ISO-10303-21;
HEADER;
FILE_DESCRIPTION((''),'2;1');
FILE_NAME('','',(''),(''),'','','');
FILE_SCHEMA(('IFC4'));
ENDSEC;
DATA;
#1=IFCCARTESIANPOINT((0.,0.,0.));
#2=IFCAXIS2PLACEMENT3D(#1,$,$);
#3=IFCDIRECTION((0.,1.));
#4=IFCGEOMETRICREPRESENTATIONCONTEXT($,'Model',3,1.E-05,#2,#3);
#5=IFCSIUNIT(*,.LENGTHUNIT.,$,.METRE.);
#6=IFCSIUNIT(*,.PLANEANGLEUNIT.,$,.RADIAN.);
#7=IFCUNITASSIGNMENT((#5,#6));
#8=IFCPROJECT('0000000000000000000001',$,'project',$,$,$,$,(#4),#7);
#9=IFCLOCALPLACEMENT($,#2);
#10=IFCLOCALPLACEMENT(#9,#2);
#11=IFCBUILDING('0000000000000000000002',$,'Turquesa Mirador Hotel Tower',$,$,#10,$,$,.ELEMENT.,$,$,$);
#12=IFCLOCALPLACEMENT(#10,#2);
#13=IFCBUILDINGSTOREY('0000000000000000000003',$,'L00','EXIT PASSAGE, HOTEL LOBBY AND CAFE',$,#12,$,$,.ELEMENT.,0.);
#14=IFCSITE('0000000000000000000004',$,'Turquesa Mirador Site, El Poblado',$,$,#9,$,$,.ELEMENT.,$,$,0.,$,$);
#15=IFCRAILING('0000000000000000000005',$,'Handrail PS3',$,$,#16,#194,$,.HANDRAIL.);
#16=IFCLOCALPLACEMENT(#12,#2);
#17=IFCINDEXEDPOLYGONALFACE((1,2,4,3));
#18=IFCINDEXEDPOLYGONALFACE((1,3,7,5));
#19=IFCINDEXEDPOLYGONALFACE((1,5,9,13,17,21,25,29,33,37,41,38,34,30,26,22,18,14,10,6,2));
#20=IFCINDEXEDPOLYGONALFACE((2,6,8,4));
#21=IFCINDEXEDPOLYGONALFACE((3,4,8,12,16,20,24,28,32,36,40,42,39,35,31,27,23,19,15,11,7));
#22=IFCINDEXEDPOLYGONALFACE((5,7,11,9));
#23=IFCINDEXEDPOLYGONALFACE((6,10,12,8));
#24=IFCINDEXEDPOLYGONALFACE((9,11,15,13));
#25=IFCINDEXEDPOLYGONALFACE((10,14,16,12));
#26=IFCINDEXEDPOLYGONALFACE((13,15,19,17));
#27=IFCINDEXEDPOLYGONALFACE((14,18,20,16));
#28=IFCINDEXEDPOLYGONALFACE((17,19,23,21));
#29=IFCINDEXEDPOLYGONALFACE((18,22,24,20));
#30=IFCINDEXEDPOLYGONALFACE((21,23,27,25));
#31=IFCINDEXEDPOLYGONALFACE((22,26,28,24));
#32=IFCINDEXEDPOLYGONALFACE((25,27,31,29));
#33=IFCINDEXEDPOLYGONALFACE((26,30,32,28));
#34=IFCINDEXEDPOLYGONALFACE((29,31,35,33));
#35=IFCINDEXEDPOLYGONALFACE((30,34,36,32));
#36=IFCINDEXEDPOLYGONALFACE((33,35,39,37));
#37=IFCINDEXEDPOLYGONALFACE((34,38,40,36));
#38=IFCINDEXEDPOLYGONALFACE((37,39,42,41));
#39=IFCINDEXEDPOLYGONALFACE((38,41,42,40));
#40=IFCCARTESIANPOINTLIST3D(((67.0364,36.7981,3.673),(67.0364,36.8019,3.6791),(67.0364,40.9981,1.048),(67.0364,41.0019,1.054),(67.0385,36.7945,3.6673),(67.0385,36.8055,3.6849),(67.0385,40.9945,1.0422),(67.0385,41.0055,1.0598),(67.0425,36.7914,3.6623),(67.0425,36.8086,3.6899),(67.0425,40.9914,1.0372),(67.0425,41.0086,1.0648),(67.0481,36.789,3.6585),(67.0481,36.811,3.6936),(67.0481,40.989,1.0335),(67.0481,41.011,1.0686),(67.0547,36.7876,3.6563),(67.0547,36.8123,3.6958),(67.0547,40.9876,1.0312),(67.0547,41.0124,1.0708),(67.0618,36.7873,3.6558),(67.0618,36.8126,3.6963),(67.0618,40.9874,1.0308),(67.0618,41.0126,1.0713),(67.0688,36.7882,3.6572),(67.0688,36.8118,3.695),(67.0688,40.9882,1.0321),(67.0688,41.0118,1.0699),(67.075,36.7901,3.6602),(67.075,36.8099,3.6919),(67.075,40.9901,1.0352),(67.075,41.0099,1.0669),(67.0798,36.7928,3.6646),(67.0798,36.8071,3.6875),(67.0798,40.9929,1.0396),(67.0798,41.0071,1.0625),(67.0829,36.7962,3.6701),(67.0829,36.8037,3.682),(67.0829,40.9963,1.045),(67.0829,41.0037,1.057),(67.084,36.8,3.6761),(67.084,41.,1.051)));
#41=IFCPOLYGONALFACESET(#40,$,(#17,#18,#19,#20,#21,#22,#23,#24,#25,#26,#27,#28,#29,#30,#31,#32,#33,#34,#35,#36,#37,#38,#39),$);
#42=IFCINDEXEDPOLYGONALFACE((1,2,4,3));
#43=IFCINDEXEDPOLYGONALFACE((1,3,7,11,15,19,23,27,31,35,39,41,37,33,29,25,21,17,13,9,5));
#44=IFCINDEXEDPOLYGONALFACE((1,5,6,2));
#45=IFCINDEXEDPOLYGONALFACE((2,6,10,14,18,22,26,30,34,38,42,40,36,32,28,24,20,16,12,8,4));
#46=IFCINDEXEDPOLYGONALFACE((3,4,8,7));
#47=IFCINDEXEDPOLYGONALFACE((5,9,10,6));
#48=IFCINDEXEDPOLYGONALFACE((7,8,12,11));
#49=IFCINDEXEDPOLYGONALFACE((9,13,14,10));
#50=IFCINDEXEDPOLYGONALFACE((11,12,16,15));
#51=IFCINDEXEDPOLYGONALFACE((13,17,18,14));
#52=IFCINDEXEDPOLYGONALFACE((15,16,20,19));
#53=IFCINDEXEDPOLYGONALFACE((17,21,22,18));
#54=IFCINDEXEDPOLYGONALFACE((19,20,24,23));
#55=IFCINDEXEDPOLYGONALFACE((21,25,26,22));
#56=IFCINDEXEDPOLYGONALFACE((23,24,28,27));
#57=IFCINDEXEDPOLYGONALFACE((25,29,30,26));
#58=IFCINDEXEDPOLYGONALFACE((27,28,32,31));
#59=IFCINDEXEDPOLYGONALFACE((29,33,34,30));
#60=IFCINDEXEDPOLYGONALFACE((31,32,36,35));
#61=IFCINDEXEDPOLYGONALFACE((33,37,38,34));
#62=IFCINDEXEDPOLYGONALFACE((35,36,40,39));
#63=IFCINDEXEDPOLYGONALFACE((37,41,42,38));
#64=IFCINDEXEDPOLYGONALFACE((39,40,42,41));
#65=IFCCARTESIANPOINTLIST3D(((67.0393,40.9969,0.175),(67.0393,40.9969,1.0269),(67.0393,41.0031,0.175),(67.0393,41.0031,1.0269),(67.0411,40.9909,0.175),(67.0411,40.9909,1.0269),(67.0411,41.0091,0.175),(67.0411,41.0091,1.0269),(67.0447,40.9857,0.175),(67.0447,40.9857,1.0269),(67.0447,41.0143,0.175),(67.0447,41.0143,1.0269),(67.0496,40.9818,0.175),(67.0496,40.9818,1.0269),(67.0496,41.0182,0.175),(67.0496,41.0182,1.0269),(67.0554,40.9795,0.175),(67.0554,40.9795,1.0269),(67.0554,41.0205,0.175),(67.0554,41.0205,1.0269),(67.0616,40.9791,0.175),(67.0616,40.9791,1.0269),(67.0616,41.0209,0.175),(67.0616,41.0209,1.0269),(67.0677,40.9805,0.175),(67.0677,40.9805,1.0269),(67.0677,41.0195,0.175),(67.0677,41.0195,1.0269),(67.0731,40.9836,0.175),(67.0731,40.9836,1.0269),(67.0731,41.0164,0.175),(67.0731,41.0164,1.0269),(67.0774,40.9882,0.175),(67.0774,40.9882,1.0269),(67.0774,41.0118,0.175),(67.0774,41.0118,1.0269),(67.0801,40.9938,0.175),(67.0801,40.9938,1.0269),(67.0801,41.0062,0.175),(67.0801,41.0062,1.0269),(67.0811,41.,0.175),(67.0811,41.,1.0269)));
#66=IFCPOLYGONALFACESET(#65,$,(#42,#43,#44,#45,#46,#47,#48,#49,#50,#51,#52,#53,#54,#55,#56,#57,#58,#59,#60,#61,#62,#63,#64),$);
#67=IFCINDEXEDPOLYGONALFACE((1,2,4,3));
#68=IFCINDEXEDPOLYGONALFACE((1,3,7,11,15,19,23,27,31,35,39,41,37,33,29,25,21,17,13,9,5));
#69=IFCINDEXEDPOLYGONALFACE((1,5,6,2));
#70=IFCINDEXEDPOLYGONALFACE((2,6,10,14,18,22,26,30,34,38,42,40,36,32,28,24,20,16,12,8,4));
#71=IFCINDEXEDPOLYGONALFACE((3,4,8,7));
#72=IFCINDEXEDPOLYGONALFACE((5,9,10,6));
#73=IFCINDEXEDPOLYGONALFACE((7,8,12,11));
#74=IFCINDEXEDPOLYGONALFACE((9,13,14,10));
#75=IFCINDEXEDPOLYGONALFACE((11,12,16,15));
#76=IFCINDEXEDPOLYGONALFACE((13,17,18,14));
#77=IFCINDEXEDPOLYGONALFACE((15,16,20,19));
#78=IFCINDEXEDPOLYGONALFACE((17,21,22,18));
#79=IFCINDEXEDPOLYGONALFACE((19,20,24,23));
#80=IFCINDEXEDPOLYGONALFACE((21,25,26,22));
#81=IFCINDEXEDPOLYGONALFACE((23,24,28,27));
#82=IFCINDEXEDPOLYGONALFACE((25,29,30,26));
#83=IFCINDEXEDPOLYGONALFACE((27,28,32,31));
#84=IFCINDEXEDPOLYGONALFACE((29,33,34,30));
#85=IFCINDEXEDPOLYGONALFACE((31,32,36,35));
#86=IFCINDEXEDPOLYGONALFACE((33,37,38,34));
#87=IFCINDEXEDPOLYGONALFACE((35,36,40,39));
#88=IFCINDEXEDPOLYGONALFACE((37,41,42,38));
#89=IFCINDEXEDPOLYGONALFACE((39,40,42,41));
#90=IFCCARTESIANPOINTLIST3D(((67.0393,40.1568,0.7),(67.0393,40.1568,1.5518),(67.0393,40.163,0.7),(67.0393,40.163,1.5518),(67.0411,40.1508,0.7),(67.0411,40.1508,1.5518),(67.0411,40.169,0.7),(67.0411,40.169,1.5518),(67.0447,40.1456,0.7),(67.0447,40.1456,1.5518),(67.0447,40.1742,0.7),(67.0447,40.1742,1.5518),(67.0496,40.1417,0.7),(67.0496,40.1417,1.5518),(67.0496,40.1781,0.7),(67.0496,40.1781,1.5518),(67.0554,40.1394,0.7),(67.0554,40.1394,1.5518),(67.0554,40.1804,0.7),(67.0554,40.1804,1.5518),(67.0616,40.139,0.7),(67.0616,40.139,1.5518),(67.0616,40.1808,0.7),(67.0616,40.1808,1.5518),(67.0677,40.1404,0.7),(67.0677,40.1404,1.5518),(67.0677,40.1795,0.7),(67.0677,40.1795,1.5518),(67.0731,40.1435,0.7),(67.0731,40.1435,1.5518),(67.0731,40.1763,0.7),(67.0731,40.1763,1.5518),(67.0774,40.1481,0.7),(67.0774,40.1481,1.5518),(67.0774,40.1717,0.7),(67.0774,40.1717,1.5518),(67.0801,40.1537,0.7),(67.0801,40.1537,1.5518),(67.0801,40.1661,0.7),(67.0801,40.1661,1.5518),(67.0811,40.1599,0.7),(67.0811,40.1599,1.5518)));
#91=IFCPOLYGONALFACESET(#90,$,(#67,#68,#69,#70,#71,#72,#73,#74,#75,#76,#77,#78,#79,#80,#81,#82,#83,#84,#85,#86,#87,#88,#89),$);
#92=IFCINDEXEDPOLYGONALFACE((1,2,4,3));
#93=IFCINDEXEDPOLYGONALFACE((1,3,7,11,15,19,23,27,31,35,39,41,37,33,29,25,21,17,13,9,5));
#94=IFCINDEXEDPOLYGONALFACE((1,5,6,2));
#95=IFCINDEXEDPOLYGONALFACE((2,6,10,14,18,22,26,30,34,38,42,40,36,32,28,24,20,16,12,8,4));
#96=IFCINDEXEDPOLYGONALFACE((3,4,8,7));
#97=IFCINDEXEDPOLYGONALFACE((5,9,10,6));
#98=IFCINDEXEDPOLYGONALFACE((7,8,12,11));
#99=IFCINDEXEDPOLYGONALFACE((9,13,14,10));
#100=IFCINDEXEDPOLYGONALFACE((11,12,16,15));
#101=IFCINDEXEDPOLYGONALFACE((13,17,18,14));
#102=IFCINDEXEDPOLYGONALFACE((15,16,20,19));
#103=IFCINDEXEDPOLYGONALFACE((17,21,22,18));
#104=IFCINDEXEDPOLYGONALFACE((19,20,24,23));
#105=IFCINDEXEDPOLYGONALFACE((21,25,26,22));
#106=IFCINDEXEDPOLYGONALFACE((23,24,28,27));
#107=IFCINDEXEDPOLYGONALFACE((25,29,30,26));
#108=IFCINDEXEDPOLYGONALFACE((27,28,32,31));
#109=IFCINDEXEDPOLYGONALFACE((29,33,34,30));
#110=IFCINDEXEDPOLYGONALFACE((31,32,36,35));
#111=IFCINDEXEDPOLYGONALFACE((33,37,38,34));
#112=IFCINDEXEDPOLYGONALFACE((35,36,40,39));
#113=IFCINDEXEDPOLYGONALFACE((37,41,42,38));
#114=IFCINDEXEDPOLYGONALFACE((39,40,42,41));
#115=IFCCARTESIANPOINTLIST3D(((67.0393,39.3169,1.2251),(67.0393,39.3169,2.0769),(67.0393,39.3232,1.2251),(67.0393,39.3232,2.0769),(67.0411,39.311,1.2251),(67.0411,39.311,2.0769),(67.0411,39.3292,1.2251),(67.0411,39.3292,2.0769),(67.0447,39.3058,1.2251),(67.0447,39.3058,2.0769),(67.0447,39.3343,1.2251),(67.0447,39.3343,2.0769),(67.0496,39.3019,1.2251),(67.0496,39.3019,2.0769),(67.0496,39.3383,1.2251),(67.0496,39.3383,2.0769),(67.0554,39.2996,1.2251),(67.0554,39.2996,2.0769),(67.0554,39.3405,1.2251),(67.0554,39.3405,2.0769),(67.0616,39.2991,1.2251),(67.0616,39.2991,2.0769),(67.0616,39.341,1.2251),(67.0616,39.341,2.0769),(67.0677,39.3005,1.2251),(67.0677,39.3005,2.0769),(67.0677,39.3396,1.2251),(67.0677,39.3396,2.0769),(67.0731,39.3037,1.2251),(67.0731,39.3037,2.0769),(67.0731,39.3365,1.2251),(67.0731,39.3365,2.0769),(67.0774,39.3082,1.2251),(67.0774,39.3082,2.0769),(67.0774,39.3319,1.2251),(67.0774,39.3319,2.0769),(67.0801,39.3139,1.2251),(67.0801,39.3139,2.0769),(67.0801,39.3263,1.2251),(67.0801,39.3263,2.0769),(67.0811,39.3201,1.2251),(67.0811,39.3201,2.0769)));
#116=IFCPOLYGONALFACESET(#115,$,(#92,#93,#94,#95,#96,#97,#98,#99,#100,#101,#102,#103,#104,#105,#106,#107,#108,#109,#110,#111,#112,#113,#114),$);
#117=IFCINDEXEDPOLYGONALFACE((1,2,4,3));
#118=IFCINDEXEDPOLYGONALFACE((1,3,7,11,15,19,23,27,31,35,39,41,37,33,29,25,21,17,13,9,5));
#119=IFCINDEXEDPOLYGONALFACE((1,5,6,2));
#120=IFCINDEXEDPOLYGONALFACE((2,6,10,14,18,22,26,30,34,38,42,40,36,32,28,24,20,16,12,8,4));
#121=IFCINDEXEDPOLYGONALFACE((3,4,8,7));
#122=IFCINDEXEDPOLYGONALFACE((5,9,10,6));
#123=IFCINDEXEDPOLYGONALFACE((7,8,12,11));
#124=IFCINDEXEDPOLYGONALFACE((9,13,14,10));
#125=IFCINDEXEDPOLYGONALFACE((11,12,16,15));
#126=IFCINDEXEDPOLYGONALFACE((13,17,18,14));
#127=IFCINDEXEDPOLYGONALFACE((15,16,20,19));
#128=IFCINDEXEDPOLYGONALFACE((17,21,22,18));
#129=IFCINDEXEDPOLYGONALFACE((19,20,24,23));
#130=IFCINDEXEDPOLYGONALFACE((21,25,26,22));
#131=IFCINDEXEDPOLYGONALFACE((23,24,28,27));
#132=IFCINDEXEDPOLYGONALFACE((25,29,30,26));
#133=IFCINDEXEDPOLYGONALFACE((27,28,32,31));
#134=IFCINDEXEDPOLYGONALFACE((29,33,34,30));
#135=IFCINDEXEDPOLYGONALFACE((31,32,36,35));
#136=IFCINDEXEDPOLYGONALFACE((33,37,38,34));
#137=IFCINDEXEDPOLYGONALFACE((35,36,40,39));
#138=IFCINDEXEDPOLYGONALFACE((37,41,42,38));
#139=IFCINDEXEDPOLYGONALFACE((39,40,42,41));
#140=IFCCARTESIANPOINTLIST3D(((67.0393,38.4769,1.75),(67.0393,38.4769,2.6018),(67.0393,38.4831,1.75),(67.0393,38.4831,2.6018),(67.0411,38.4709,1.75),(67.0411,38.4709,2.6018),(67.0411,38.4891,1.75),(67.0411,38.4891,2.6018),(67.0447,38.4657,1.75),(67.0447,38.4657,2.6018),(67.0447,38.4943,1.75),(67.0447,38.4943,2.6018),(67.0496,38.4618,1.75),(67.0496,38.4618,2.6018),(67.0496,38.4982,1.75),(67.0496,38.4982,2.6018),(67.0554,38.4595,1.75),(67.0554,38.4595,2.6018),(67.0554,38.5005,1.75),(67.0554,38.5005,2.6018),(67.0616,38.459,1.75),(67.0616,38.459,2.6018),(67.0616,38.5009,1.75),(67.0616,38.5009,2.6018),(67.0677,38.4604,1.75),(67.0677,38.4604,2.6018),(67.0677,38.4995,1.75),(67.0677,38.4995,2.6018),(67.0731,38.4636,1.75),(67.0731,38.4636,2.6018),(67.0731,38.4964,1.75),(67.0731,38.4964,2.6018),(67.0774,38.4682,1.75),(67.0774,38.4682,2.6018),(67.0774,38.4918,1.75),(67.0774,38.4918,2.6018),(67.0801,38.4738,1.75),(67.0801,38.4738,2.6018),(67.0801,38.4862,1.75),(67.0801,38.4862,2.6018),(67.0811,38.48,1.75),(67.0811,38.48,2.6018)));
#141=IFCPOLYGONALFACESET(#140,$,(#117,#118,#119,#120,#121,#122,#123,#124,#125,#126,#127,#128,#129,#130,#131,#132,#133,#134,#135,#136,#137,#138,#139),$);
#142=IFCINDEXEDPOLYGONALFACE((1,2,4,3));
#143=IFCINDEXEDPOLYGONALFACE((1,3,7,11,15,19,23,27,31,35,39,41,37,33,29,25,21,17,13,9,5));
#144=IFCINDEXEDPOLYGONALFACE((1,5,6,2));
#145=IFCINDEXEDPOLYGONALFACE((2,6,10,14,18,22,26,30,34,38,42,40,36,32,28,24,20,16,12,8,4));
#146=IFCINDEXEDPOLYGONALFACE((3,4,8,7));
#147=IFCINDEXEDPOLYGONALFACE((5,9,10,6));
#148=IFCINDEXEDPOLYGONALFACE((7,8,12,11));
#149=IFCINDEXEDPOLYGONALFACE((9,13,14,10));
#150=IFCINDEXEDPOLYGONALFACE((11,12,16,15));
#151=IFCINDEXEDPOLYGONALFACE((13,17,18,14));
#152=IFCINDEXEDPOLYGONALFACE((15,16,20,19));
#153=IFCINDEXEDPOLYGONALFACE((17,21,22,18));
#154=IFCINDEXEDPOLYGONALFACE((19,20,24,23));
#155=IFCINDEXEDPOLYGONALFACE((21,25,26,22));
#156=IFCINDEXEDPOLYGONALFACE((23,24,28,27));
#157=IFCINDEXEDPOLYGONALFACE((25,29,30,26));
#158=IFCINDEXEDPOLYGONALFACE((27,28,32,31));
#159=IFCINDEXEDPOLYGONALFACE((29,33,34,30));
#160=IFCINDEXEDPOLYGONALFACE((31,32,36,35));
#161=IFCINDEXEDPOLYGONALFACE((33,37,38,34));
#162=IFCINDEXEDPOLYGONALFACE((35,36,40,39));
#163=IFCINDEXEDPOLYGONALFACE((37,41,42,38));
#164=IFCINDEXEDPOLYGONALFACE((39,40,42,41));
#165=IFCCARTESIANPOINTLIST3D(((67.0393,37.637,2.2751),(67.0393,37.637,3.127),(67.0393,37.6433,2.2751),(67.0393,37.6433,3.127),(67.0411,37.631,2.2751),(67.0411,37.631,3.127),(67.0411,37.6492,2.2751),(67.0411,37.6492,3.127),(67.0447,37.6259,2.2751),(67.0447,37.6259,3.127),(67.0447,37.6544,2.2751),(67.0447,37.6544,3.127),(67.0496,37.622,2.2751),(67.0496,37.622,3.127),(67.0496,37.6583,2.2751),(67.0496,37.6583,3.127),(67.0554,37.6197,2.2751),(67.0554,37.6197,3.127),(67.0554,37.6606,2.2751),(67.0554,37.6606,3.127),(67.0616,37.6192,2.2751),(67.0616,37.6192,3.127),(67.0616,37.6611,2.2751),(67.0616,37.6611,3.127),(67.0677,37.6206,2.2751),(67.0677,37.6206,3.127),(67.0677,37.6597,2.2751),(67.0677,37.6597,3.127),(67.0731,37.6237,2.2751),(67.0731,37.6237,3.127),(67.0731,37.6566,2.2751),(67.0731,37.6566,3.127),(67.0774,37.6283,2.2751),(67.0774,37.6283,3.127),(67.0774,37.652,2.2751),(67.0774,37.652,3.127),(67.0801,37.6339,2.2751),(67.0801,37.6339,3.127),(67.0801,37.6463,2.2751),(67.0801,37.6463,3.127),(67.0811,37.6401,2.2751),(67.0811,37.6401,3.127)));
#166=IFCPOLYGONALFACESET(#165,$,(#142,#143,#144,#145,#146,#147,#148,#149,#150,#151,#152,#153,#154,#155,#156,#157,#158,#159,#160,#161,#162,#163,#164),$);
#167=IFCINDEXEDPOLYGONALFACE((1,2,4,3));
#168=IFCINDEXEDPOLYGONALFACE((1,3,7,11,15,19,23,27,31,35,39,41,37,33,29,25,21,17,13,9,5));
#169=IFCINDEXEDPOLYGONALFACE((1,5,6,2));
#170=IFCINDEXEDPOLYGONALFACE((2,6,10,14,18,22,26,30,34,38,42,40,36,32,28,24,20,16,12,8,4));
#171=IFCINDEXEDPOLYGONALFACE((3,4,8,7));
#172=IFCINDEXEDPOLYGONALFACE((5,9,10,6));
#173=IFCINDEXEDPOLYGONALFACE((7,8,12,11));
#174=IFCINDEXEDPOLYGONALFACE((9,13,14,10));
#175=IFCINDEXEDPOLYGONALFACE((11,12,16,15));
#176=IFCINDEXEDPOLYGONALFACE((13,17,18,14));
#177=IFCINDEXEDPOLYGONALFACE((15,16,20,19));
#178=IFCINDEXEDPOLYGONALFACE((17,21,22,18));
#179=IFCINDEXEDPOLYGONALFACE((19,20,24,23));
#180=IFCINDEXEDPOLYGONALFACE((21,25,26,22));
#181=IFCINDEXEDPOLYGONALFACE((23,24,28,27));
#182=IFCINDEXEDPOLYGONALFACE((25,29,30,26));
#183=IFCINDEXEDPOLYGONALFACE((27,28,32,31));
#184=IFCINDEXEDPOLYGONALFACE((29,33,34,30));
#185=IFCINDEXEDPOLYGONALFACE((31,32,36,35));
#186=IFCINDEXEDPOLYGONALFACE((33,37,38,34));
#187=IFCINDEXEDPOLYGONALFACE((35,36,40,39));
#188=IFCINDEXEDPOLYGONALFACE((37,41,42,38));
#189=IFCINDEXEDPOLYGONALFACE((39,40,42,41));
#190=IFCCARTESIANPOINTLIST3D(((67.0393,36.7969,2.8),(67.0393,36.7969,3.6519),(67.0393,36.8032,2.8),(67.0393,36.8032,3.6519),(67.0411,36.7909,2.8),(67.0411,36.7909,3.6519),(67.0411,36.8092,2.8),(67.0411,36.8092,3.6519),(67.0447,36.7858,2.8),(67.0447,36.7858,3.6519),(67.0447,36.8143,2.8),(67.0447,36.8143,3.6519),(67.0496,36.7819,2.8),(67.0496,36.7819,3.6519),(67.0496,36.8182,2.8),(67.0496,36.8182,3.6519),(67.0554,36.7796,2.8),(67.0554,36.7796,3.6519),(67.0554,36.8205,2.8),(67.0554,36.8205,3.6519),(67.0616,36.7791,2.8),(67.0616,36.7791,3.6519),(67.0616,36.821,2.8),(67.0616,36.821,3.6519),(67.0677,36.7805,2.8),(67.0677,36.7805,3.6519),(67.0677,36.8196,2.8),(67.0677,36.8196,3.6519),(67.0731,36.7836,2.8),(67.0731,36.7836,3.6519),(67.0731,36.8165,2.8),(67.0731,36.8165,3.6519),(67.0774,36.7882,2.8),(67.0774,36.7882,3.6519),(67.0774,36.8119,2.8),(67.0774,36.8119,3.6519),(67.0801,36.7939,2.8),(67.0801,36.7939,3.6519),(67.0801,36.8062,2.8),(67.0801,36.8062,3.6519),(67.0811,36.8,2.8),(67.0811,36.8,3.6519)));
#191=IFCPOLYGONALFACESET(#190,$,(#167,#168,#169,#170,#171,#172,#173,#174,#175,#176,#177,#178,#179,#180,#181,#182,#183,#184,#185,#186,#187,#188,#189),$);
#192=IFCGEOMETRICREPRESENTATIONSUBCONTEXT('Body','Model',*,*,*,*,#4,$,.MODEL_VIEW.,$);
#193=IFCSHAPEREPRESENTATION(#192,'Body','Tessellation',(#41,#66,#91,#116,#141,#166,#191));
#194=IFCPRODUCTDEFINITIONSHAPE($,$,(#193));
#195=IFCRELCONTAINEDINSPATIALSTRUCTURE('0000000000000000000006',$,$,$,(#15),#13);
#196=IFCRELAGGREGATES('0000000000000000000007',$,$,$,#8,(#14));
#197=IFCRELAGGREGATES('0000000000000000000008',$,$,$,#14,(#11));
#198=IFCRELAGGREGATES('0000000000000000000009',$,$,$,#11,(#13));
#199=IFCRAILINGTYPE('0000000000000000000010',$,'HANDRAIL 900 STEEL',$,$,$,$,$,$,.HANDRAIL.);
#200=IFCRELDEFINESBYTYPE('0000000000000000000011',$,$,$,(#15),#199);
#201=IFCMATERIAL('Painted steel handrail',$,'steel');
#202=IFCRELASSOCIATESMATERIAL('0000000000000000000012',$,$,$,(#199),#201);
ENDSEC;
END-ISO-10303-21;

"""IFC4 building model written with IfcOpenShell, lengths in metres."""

from ifc_helpers import new_model, si_unit, direction, frame, origin, origin_2d, place, context, subcontext, project, spatial, circle, extrude, material, type_object, element, save


model = new_model("IFC4")

# Units and contexts
model_context = context("Model", 3, precision=1e-05, world=origin(), true_north=direction((0.0, 1.0)))
body_context = subcontext(model_context, "Body", "Model", "MODEL_VIEW")
ifc_project = project(units=[si_unit("LENGTHUNIT", "METRE"), si_unit("PLANEANGLEUNIT", "RADIAN")], contexts=[model_context])

# Site, building, storey
site_placement = place(None, origin())
site = spatial("IfcSite", under=ifc_project, at=site_placement, Name="Turquesa Mirador Site, El Poblado", CompositionType="ELEMENT", RefElevation=0.0)
building_placement = place(site_placement, origin())
building = spatial("IfcBuilding", under=site, at=building_placement, Name="Turquesa Mirador Hotel Tower", CompositionType="ELEMENT")
storey_placement = place(building_placement, origin())
storey = spatial("IfcBuildingStorey", under=building, at=storey_placement, Name="L00", Description="EXIT PASSAGE, HOTEL LOBBY AND CAFE", CompositionType="ELEMENT", Elevation=0.0)

# Railing
ifc_material_1 = material(Name="Painted steel handrail", Category="steel")
railing_type = type_object("IfcRailingType", Name="HANDRAIL 900 STEEL", PredefinedType="HANDRAIL", material=ifc_material_1)
railing_1_placement = place(storey_placement, frame((67.0601, 41.0, 0.175)))
element("IfcRailing", 1, at=railing_1_placement, inside=storey, type_object=railing_type, Name="Handrail PS3", PredefinedType="HANDRAIL", context=body_context, shape_type="SweptSolid", body=[
    extrude(circle(Radius=0.0239, at=origin_2d()), frame((0.0, 0.0, 0.876), z_axis=(0.0, -0.847996, 0.530003), x_axis=(1.0, 0.0, 0.0)), (0.0, 0.0, 1.0), 4.9529),
    extrude(circle(Radius=0.021, at=origin_2d()), origin(), (0.0, 0.0, 1.0), 0.8518),
    extrude(circle(Radius=0.021, at=origin_2d()), frame((0.0, -0.8401, 0.5249)), (0.0, 0.0, 1.0), 0.8518),
    extrude(circle(Radius=0.021, at=origin_2d()), frame((0.0, -1.6799, 1.05)), (0.0, 0.0, 1.0), 0.8518),
    extrude(circle(Radius=0.021, at=origin_2d()), frame((0.0, -2.52, 1.575)), (0.0, 0.0, 1.0), 0.8518),
    extrude(circle(Radius=0.021, at=origin_2d()), frame((0.0, -3.3599, 2.1001)), (0.0, 0.0, 1.0), 0.8518),
    extrude(circle(Radius=0.021, at=origin_2d()), frame((0.0, -4.2, 2.625)), (0.0, 0.0, 1.0), 0.8518),
])

save(model, "model.ifc")
